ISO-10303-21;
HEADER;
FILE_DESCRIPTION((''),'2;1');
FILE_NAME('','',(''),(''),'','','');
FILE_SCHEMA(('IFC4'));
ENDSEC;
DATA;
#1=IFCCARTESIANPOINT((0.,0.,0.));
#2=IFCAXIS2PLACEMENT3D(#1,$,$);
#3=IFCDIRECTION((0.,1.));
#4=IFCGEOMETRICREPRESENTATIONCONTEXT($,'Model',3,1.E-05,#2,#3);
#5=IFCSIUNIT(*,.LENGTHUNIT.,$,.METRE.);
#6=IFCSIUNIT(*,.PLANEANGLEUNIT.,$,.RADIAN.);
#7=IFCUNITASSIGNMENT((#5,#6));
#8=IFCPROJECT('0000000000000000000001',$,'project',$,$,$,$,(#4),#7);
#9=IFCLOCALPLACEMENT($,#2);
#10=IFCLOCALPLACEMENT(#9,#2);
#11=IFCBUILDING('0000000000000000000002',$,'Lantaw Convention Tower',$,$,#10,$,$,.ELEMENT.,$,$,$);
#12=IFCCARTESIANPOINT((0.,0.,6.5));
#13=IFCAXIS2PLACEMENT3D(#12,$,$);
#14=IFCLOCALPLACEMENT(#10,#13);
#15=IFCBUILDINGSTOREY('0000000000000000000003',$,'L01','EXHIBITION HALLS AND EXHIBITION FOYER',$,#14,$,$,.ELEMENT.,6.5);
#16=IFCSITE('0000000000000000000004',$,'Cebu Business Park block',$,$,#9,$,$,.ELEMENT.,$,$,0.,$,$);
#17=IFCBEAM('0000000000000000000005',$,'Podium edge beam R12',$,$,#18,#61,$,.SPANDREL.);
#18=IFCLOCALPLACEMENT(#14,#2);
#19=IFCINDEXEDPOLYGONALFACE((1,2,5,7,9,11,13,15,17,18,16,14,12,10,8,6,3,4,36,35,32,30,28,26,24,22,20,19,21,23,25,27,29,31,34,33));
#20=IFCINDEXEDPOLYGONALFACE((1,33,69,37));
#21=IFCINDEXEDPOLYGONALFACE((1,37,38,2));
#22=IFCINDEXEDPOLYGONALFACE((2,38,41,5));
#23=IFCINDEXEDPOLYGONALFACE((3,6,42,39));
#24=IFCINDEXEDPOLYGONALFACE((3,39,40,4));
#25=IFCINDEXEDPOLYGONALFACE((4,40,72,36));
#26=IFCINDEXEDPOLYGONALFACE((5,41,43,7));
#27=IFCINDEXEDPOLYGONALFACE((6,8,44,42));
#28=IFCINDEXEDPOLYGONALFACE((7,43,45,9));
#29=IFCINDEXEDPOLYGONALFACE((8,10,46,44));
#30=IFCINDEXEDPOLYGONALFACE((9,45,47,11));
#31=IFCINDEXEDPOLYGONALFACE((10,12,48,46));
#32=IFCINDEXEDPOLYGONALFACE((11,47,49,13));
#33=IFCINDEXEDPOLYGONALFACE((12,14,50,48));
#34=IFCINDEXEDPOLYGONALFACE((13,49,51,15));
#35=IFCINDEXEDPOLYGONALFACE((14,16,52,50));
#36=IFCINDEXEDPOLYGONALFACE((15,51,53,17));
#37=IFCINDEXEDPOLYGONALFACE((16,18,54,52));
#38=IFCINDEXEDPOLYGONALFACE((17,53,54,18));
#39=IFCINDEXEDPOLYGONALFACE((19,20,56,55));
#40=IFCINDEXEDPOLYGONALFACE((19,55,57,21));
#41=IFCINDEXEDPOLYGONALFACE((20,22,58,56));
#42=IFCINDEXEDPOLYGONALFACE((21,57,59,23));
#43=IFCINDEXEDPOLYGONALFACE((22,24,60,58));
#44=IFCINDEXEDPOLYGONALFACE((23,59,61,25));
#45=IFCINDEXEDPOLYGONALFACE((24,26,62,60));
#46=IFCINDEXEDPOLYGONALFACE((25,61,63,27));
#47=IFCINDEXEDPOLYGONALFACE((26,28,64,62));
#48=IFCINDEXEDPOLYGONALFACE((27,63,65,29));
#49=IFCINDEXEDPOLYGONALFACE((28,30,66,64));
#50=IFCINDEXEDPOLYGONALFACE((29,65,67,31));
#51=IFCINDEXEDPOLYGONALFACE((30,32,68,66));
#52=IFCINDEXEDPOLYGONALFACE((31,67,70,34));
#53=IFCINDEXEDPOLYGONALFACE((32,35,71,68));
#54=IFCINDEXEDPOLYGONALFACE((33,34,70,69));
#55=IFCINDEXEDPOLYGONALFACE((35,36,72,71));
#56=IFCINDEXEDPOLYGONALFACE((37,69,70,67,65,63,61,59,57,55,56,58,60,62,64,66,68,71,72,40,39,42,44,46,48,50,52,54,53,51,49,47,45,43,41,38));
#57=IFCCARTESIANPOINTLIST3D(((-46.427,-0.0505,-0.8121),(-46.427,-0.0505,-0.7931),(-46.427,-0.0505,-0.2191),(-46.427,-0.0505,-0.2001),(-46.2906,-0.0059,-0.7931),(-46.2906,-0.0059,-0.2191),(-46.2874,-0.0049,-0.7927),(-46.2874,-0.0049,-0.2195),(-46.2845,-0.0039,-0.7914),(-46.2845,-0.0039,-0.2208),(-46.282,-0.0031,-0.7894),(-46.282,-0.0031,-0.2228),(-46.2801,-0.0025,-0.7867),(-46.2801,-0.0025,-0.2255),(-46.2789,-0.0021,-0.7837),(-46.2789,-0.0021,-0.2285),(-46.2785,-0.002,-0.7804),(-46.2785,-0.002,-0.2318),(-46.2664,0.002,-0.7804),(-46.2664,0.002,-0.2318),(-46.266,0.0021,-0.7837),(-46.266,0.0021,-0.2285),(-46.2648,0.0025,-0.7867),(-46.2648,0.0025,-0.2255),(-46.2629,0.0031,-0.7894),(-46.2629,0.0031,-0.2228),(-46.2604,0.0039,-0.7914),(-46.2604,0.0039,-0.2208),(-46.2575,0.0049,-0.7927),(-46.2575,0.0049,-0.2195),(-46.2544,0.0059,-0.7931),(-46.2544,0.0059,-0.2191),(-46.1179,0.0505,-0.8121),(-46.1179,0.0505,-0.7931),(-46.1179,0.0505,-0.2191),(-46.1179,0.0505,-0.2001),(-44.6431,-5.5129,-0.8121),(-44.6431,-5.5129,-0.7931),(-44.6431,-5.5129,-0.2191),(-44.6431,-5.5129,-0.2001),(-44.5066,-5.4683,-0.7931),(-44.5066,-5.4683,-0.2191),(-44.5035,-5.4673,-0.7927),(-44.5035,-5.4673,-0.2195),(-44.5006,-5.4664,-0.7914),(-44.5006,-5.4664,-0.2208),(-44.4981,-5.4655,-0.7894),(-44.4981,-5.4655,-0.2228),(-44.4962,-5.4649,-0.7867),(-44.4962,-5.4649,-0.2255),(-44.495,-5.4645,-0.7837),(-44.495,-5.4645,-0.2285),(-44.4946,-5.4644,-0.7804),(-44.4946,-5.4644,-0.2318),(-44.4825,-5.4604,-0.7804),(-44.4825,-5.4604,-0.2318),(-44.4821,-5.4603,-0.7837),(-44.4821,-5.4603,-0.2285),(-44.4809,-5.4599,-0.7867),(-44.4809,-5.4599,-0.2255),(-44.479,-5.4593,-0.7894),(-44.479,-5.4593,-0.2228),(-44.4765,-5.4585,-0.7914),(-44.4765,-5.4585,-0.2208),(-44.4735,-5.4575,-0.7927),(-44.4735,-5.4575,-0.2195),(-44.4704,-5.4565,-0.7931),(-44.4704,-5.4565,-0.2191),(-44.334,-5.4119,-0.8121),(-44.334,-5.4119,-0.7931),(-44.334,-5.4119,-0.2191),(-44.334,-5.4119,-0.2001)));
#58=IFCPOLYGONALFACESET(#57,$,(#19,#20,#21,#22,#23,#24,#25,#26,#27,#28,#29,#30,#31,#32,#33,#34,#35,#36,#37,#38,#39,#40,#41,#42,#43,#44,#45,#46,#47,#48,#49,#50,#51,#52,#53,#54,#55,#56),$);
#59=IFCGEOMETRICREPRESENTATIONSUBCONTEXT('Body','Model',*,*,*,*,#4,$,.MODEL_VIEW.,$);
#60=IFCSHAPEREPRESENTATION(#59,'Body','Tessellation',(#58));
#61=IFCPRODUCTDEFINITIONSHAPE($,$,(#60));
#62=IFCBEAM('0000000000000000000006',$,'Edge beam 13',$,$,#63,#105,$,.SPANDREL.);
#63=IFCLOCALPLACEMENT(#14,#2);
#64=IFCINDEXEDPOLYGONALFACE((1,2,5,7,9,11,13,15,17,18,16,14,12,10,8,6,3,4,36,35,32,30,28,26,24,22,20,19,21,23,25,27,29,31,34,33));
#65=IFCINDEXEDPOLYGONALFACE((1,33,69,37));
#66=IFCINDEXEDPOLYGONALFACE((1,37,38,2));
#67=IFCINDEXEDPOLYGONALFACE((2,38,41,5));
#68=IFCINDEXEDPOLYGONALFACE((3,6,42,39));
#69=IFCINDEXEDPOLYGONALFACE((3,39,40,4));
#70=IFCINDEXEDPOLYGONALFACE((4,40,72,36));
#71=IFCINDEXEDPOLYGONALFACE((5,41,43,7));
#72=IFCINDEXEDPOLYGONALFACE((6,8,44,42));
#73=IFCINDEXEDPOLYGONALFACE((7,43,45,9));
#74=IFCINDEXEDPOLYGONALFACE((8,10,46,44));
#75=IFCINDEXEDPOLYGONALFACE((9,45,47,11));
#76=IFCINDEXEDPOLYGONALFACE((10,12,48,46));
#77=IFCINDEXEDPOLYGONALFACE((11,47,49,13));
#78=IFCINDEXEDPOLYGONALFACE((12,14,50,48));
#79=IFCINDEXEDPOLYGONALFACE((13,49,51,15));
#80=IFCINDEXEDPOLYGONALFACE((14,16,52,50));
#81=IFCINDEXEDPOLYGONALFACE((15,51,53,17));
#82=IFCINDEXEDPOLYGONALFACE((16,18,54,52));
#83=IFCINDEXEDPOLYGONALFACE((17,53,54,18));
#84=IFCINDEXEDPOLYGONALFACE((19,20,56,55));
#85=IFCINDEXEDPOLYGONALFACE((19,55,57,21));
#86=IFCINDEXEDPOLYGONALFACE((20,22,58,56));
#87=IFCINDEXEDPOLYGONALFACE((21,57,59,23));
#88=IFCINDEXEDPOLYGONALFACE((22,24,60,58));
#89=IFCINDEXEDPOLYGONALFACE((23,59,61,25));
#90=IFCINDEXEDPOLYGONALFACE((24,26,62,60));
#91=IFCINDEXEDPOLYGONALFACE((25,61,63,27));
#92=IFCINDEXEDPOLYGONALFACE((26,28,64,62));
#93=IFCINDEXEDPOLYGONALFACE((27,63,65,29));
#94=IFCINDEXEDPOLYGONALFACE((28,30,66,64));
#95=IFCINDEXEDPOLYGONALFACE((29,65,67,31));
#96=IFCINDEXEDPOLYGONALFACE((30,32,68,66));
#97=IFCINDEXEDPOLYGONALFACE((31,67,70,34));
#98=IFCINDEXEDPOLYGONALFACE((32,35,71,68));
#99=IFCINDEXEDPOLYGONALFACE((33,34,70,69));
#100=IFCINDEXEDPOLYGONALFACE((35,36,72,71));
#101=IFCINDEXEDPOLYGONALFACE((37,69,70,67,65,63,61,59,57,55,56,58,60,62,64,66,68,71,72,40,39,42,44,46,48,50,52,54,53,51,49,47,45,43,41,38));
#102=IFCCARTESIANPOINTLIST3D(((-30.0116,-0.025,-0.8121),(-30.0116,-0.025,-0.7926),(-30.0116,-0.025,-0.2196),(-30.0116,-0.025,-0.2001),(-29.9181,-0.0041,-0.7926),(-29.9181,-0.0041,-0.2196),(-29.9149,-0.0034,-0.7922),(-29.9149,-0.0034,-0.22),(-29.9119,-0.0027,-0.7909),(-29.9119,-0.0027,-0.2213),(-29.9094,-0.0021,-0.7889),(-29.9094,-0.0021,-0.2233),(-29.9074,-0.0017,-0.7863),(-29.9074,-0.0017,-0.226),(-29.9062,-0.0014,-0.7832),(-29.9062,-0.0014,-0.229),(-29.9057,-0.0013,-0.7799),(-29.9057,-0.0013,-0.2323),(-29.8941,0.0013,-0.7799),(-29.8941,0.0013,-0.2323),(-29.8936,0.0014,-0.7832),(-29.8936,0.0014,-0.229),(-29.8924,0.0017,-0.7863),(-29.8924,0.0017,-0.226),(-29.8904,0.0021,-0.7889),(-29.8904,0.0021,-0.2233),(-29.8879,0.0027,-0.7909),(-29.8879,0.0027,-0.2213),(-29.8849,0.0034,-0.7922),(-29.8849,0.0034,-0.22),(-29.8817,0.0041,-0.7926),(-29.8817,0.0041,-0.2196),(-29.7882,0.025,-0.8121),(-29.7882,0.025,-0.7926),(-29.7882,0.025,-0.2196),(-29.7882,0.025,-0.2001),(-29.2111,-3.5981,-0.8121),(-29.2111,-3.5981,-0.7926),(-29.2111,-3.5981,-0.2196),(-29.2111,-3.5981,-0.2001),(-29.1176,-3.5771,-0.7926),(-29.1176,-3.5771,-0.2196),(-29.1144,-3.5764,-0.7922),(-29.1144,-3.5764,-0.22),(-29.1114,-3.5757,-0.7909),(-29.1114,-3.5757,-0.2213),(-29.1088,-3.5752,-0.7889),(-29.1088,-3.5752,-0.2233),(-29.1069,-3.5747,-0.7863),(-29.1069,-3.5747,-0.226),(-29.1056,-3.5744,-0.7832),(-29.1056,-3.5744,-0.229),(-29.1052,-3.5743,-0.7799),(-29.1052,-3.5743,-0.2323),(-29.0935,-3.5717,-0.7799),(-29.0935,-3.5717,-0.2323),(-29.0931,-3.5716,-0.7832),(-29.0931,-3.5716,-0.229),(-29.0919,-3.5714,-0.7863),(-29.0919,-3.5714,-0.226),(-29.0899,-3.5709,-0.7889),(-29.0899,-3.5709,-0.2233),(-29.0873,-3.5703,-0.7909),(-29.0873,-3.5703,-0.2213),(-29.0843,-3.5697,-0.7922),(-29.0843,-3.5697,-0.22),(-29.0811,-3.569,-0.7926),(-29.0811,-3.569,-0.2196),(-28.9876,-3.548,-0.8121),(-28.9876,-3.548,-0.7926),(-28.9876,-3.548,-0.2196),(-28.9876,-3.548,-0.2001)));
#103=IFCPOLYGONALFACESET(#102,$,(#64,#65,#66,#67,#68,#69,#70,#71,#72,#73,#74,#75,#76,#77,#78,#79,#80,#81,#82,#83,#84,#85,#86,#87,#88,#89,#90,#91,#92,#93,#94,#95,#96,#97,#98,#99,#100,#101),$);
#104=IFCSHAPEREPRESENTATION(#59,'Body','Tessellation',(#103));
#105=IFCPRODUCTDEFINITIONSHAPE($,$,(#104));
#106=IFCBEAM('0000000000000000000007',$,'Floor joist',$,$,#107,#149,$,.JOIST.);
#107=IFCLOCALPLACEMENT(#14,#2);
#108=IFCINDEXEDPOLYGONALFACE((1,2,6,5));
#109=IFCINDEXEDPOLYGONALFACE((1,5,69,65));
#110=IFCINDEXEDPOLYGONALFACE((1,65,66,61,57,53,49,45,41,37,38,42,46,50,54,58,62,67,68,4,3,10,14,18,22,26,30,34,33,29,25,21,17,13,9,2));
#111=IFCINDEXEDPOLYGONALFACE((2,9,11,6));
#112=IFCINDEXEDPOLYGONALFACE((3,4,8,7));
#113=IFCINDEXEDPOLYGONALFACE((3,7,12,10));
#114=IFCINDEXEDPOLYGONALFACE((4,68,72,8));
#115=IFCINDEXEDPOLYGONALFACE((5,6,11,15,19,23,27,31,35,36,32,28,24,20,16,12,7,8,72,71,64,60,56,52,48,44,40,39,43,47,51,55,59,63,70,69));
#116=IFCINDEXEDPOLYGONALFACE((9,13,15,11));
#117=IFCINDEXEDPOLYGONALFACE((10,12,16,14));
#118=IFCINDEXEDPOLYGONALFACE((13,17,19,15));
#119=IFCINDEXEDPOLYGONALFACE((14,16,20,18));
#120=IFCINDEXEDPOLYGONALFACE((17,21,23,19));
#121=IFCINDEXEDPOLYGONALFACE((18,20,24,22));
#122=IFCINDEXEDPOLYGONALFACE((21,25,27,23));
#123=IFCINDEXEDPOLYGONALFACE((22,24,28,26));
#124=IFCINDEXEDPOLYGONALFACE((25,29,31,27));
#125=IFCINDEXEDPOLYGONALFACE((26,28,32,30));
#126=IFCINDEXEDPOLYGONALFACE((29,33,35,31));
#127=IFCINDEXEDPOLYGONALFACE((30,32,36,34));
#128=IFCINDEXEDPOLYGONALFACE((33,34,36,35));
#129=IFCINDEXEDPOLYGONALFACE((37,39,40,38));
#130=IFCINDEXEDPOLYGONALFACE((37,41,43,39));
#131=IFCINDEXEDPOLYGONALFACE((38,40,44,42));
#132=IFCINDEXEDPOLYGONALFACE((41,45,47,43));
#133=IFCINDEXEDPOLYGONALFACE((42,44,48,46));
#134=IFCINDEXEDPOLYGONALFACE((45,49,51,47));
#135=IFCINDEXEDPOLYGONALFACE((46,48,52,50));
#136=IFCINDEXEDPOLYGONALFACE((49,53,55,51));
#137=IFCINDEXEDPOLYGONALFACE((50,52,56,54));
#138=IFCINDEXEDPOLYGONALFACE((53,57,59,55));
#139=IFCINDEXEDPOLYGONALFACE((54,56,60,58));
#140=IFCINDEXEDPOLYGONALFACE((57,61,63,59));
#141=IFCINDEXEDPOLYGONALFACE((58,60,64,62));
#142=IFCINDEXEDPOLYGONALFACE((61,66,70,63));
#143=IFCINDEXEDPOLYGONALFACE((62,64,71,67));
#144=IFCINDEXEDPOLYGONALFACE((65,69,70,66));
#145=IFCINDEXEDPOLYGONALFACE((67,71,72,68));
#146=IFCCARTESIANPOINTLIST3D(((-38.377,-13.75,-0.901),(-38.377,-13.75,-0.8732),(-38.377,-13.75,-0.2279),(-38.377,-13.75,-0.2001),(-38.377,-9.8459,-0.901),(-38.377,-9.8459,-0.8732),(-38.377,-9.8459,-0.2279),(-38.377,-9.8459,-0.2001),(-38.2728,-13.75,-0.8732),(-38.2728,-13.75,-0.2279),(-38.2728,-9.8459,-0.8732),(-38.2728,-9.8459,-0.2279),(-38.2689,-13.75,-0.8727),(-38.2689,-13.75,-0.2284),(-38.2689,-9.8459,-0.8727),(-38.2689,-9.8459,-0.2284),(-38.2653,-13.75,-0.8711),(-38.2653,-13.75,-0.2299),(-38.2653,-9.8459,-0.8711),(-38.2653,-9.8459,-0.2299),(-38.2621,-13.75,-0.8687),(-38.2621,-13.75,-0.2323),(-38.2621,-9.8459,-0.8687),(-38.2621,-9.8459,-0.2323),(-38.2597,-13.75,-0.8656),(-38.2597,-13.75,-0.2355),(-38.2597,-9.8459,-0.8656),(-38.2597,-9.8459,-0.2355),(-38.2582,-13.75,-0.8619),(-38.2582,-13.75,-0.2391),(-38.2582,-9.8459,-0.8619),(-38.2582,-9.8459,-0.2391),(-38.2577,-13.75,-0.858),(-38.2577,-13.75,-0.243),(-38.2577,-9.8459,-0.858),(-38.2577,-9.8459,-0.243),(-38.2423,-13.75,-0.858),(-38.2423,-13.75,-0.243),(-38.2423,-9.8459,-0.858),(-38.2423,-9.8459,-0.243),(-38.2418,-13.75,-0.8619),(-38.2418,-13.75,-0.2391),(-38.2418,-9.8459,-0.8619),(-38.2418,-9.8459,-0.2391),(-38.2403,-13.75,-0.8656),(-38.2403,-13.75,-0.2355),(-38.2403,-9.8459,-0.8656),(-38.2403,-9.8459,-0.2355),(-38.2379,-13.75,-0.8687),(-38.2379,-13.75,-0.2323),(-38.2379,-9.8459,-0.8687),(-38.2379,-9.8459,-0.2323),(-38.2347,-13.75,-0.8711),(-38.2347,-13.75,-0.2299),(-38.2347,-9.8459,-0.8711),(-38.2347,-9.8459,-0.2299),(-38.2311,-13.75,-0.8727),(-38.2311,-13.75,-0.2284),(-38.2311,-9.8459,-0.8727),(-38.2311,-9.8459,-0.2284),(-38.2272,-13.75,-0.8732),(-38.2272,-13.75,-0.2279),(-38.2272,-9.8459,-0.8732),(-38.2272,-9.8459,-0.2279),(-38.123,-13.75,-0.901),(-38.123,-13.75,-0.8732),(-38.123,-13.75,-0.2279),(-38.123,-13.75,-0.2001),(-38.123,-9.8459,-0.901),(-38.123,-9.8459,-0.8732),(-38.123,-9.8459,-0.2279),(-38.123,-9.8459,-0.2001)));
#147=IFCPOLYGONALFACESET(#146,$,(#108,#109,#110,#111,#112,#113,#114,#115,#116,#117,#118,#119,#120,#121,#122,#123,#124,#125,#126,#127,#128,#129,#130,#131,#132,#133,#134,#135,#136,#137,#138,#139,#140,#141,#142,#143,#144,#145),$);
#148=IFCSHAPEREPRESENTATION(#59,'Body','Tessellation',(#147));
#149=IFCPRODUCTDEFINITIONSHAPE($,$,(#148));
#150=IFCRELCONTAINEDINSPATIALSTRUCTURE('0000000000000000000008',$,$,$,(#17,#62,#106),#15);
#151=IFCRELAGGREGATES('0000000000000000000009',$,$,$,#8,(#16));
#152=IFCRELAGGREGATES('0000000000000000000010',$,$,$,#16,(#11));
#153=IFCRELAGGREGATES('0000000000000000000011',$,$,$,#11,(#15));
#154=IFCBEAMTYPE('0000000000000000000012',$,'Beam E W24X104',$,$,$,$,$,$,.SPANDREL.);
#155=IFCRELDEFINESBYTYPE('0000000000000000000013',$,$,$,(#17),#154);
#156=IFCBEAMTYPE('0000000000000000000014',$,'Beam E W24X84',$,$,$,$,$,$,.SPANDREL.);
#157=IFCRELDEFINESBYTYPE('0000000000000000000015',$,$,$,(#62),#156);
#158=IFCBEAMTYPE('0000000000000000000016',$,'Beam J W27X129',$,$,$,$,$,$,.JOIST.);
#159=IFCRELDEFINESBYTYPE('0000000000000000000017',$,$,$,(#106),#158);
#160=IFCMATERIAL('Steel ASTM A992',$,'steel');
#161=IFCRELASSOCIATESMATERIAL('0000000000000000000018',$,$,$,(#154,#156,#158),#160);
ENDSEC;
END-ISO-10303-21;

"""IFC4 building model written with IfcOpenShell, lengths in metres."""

from ifc_helpers import new_model, si_unit, direction, frame, origin, origin_2d, place, context, subcontext, project, spatial, i_section, extrude, material, material_profile, profile_set, type_object, element, save


model = new_model("IFC4")

# Units and contexts
model_context = context("Model", 3, precision=1e-05, world=origin(), true_north=direction((0.0, 1.0)))
body_context = subcontext(model_context, "Body", "Model", "MODEL_VIEW")
ifc_project = project(units=[si_unit("LENGTHUNIT", "METRE"), si_unit("PLANEANGLEUNIT", "RADIAN")], contexts=[model_context])

# Site, building, storey
site_placement = place(None, origin())
site = spatial("IfcSite", under=ifc_project, at=site_placement, Name="Cebu Business Park block", CompositionType="ELEMENT", RefElevation=0.0)
building_placement = place(site_placement, origin())
building = spatial("IfcBuilding", under=site, at=building_placement, Name="Lantaw Convention Tower", CompositionType="ELEMENT")
storey_placement = place(building_placement, frame((0.0, 0.0, 6.5)))
storey = spatial("IfcBuildingStorey", under=building, at=storey_placement, Name="L01", Description="EXHIBITION HALLS AND EXHIBITION FOYER", CompositionType="ELEMENT", Elevation=6.5)

# Beams
ifc_material_1 = material(Name="Steel ASTM A992", Category="steel")
ifc_material_profile_1 = material_profile(ifc_material_1, i_section(OverallWidth=0.3252, OverallDepth=0.6121, WebThickness=0.0127, FlangeThickness=0.019, FilletRadius=0.0127, at=origin_2d()), Name="W24X104")
ifc_profile_set_1 = profile_set([ifc_material_profile_1], Name="Steel ASTM A992")
beam_type_1 = type_object("IfcBeamType", Name="Beam E W24X104", PredefinedType="SPANDREL", material=ifc_profile_set_1)
beam_1_placement = place(storey_placement, frame((-46.2725, 0.0, -0.5061), z_axis=(0.310448, -0.95059, 0.0), x_axis=(0.95059, 0.310448, 0.0)))
element("IfcBeam", 1, at=beam_1_placement, inside=storey, type_object=beam_type_1, Name="Podium edge beam R12", PredefinedType="SPANDREL", context=body_context, shape_type="SweptSolid", body=[
    extrude(i_section(OverallWidth=0.3252, OverallDepth=0.6121, WebThickness=0.0127, FlangeThickness=0.019, FilletRadius=0.0127, at=origin_2d()), origin(), (0.0, 0.0, 1.0), 5.7463),
])
ifc_material_profile_2 = material_profile(ifc_material_1, i_section(OverallWidth=0.229, OverallDepth=0.6121, WebThickness=0.012, FlangeThickness=0.0195, FilletRadius=0.0127, at=origin_2d()), Name="W24X84")
ifc_profile_set_2 = profile_set([ifc_material_profile_2], Name="Steel ASTM A992")
beam_type_2 = type_object("IfcBeamType", Name="Beam E W24X84", PredefinedType="SPANDREL", material=ifc_profile_set_2)
beam_2_placement = place(storey_placement, frame((-29.8999, 0.0, -0.5061), z_axis=(0.218632, -0.975807, 0.0), x_axis=(0.975807, 0.218632, 0.0)))
element("IfcBeam", 2, at=beam_2_placement, inside=storey, type_object=beam_type_2, Name="Edge beam 13", PredefinedType="SPANDREL", context=body_context, shape_type="SweptSolid", body=[
    extrude(i_section(OverallWidth=0.229, OverallDepth=0.6121, WebThickness=0.012, FlangeThickness=0.0195, FilletRadius=0.0127, at=origin_2d()), origin(), (0.0, 0.0, 1.0), 3.6616),
])
ifc_material_profile_3 = material_profile(ifc_material_1, i_section(OverallWidth=0.2539, OverallDepth=0.7009, WebThickness=0.0154, FlangeThickness=0.0278, FilletRadius=0.0151, at=origin_2d()), Name="W27X129")
ifc_profile_set_3 = profile_set([ifc_material_profile_3], Name="Steel ASTM A992")
beam_type_3 = type_object("IfcBeamType", Name="Beam J W27X129", PredefinedType="JOIST", material=ifc_profile_set_3)
beam_3_placement = place(storey_placement, frame((-38.25, -13.75, -0.5505), z_axis=(0.0, 1.0, 0.0), x_axis=(-1.0, 0.0, 0.0)))
element("IfcBeam", 3, at=beam_3_placement, inside=storey, type_object=beam_type_3, Name="Floor joist", PredefinedType="JOIST", context=body_context, shape_type="SweptSolid", body=[
    extrude(i_section(OverallWidth=0.2539, OverallDepth=0.7009, WebThickness=0.0154, FlangeThickness=0.0278, FilletRadius=0.0151, at=origin_2d()), origin(), (0.0, 0.0, 1.0), 3.9041),
])

save(model, "model.ifc")
